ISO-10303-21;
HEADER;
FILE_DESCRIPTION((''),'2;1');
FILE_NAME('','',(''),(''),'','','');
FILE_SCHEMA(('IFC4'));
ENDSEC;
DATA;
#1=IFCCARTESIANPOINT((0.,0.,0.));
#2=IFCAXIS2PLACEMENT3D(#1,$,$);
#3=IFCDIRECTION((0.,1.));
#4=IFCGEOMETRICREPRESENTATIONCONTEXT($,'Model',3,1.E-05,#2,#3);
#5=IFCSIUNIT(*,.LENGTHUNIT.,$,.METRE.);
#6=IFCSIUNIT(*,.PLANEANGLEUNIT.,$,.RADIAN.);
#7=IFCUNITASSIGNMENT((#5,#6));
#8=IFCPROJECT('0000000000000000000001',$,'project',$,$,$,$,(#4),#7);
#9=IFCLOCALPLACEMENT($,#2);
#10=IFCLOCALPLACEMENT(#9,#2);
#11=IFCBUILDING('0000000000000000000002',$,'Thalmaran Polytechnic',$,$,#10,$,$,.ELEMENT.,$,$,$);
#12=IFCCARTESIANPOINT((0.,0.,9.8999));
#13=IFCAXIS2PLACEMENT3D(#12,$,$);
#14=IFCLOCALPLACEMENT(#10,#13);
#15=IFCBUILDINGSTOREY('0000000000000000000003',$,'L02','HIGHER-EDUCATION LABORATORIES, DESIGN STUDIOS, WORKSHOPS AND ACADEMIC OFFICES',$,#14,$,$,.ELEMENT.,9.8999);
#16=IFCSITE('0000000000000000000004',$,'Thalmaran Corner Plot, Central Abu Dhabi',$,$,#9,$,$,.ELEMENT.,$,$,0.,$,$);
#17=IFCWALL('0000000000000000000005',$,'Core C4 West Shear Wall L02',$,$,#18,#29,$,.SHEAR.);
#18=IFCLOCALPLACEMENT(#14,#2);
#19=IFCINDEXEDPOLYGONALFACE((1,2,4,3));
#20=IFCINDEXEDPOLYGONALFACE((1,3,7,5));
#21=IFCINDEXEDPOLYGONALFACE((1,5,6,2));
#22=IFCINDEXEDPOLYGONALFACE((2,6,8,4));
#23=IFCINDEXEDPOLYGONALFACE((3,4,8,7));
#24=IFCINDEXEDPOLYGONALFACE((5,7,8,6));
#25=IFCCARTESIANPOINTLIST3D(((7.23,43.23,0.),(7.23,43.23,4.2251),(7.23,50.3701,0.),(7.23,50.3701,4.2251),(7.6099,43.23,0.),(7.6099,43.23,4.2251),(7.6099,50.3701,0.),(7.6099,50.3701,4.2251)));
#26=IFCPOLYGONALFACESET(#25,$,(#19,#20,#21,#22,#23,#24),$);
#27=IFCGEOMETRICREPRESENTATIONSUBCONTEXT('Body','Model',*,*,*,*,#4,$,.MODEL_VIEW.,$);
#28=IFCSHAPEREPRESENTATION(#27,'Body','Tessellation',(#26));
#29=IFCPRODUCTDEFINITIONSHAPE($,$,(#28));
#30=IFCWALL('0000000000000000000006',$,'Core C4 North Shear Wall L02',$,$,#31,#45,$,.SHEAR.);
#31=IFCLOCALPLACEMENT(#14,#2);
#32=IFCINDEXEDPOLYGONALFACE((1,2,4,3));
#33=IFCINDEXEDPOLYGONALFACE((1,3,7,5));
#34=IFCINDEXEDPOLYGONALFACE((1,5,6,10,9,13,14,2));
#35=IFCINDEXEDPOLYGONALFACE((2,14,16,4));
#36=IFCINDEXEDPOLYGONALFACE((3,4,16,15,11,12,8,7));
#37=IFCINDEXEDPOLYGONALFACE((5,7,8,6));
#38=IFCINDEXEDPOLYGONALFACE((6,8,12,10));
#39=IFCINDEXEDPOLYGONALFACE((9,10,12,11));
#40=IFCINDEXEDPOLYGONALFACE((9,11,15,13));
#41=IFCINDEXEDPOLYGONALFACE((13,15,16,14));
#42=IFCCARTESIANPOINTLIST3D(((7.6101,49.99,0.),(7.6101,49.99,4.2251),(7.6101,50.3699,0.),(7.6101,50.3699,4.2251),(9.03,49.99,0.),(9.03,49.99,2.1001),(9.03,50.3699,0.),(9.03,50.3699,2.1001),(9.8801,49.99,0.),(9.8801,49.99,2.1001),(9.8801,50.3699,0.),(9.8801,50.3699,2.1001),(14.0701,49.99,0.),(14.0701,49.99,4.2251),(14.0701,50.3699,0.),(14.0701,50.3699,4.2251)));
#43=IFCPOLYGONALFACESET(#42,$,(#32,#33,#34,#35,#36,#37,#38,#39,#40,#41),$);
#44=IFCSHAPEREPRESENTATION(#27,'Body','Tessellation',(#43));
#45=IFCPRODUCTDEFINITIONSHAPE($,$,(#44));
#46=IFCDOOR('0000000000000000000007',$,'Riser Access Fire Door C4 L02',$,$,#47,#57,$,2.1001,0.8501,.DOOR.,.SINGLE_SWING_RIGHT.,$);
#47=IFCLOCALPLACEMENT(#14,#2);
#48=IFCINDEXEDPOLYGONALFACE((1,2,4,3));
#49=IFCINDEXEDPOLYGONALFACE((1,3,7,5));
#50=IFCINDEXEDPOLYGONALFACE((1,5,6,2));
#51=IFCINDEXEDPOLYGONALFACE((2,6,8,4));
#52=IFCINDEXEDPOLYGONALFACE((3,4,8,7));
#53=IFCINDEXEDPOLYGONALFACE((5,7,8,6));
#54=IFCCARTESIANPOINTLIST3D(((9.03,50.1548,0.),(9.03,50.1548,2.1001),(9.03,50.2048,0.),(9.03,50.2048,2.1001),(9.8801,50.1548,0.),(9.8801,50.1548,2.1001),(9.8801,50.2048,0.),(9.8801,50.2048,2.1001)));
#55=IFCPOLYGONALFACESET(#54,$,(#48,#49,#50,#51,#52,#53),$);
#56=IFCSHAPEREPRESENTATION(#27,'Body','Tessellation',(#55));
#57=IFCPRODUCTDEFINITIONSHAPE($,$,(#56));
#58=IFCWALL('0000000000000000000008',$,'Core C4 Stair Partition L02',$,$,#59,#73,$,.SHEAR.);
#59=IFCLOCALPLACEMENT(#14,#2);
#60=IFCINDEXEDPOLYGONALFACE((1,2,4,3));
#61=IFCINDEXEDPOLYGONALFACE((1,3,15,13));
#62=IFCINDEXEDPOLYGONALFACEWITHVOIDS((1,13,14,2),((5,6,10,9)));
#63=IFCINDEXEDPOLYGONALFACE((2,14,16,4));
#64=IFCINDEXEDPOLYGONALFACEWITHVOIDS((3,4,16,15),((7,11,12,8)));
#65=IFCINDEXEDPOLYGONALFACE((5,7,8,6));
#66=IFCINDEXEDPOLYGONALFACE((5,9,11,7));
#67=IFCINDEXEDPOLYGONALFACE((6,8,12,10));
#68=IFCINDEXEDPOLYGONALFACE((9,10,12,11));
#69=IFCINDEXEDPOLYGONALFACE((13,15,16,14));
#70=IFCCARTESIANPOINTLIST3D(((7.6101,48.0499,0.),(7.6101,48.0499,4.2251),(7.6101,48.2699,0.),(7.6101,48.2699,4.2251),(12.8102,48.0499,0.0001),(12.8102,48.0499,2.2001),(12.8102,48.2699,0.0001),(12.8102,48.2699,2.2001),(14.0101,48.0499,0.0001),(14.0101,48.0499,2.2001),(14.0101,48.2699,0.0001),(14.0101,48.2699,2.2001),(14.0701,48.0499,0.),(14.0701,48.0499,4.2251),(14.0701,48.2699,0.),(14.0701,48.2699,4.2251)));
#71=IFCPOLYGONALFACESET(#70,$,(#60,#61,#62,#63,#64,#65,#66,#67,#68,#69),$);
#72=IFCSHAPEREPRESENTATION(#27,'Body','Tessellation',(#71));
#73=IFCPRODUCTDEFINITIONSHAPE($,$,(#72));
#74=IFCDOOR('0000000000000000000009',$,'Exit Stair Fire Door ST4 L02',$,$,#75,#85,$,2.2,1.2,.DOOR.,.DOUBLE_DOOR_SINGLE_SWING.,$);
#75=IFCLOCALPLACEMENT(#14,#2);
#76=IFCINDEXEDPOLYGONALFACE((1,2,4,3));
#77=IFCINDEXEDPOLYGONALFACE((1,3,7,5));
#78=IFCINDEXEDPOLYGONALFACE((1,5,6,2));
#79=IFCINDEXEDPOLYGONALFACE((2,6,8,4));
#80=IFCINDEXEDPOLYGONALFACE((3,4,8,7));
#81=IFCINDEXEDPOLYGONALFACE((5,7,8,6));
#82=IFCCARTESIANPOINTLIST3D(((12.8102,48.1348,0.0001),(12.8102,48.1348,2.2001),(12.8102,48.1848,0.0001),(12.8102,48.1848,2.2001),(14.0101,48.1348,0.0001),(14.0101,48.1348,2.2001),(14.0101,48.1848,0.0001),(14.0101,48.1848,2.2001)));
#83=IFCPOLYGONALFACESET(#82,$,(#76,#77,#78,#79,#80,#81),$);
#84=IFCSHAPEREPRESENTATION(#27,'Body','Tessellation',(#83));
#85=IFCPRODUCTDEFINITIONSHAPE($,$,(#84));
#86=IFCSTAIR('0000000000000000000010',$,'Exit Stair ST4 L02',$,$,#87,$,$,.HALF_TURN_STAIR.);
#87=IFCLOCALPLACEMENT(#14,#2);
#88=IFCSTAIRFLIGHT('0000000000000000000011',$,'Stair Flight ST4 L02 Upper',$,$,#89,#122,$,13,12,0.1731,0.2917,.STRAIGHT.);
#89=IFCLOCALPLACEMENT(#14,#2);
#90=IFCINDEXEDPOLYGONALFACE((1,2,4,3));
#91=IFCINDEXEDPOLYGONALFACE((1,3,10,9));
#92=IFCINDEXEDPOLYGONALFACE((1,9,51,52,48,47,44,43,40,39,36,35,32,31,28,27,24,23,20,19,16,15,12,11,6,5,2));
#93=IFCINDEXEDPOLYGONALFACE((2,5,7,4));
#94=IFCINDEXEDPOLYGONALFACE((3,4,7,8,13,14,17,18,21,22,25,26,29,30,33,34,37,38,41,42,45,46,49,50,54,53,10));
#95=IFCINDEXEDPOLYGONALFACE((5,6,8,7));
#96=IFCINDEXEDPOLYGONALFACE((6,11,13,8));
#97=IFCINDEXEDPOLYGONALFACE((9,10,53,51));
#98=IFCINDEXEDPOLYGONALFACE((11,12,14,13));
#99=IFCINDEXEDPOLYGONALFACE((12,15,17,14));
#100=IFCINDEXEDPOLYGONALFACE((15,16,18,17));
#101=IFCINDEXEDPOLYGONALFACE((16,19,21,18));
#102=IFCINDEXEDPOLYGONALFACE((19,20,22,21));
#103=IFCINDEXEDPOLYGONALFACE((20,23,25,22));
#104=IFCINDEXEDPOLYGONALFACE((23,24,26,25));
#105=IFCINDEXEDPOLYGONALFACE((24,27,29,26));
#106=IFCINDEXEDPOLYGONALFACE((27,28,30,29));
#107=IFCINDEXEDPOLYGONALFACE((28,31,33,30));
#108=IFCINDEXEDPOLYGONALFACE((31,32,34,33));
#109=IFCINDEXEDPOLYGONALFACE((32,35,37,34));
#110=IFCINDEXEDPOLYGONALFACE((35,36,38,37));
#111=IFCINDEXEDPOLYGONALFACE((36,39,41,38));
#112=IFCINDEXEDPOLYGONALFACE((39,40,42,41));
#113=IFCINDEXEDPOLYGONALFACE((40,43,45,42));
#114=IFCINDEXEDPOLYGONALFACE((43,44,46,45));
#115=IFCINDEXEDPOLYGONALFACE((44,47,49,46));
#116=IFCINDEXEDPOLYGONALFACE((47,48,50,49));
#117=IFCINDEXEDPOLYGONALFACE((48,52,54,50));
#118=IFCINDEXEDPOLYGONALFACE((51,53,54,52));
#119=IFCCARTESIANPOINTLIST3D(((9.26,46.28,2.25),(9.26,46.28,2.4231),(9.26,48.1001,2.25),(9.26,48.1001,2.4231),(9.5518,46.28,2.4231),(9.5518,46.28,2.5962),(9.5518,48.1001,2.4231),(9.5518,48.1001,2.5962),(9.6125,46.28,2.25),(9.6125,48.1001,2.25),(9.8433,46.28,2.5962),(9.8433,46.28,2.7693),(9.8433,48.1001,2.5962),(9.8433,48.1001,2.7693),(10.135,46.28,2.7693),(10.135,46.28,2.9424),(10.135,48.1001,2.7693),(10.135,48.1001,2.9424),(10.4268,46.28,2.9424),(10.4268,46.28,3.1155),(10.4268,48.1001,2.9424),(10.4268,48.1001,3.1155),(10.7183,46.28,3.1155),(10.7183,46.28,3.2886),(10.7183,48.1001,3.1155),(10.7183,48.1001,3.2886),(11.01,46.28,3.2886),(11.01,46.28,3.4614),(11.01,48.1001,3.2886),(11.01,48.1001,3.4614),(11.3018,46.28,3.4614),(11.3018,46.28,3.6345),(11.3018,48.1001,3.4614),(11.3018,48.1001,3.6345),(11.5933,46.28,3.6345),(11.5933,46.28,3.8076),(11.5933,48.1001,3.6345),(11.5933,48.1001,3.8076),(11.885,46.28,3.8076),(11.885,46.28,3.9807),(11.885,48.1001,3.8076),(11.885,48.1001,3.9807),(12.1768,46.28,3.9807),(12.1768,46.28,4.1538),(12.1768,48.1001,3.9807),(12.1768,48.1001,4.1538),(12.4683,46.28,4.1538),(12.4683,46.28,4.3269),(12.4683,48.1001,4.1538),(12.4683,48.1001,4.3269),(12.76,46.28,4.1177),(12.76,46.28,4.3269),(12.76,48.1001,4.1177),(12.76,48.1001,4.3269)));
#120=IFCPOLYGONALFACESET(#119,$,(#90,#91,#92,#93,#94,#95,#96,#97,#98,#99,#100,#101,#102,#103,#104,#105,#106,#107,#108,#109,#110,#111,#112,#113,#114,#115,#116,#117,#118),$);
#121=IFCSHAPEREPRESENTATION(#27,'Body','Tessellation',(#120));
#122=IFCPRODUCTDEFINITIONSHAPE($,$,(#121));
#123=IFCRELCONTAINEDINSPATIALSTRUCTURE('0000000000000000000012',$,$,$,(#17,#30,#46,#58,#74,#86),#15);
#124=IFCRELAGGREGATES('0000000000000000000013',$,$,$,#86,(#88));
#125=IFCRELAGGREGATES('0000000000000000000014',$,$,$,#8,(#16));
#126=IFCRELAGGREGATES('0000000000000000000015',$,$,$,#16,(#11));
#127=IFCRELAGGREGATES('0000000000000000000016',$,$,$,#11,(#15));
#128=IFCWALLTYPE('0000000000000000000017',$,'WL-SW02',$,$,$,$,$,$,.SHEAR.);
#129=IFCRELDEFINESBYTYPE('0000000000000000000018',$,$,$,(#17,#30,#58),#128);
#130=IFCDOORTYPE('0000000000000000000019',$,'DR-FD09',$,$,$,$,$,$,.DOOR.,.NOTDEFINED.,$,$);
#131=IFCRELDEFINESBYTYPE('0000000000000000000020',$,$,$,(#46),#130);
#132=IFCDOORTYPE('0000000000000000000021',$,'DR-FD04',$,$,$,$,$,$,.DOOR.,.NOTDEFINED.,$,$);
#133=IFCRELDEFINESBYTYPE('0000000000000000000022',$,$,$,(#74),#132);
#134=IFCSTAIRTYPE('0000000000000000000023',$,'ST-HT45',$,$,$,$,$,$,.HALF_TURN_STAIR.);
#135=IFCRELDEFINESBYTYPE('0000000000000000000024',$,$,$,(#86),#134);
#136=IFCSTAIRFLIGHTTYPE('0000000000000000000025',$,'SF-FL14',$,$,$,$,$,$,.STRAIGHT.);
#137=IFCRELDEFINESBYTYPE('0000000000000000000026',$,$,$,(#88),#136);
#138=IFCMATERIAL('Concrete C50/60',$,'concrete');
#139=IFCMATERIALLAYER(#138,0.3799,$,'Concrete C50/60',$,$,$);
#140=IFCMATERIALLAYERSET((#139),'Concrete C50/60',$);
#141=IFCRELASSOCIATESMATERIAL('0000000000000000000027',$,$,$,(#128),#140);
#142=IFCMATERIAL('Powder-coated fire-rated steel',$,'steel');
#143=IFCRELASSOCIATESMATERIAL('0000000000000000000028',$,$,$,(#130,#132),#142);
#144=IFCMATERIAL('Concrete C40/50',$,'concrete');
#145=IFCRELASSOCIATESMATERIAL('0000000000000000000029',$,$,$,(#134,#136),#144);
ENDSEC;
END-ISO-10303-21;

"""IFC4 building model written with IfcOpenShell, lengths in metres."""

from ifc_helpers import new_model, si_unit, direction, frame, frame_2d, origin, place, context, subcontext, project, spatial, polyline, rectangle, outline, extrude, material, layer, layer_set, type_object, element, fill, aggregate, save


model = new_model("IFC4")

# Units and contexts
model_context = context("Model", 3, precision=1e-05, world=origin(), true_north=direction((0.0, 1.0)))
body_context = subcontext(model_context, "Body", "Model", "MODEL_VIEW")
ifc_project = project(units=[si_unit("LENGTHUNIT", "METRE"), si_unit("PLANEANGLEUNIT", "RADIAN")], contexts=[model_context])

# Site, building, storey
site_placement = place(None, origin())
site = spatial("IfcSite", under=ifc_project, at=site_placement, Name="Thalmaran Corner Plot, Central Abu Dhabi", CompositionType="ELEMENT", RefElevation=0.0)
building_placement = place(site_placement, origin())
building = spatial("IfcBuilding", under=site, at=building_placement, Name="Thalmaran Polytechnic", CompositionType="ELEMENT")
storey_placement = place(building_placement, frame((0.0, 0.0, 9.8999)))
storey = spatial("IfcBuildingStorey", under=building, at=storey_placement, Name="L02", Description="HIGHER-EDUCATION LABORATORIES, DESIGN STUDIOS, WORKSHOPS AND ACADEMIC OFFICES", CompositionType="ELEMENT", Elevation=9.8999)

# Shared definitions
ifc_material_1 = material(Name="Concrete C50/60", Category="concrete")

# Shared definitions
ifc_material_2 = material(Name="Concrete C40/50", Category="concrete")

# Shared definitions
ifc_material_3 = material(Name="Powder-coated fire-rated steel", Category="steel")

# Wall
ifc_layer_1 = layer(ifc_material_1, 0.3799, Name="Concrete C50/60")
ifc_layer_set_1 = layer_set([ifc_layer_1], Name="Concrete C50/60")
wall_type_1 = type_object("IfcWallType", Name="WL-SW02", PredefinedType="SHEAR", material=ifc_layer_set_1)
wall_1_placement = place(storey_placement, frame((7.4199, 50.3701, 0.0), z_axis=(0.0, 0.0, 1.0), x_axis=(0.0, -1.0, 0.0)))
element("IfcWall", 1, at=wall_1_placement, inside=storey, type_object=wall_type_1, Name="Core C4 West Shear Wall L02", PredefinedType="SHEAR", context=body_context, shape_type="SweptSolid", body=[
    extrude(rectangle(XDim=7.1401, YDim=0.3799, at=frame_2d((3.5701, 0.0))), origin(), (0.0, 0.0, 1.0), 4.2251),
])

# Walls, openings, doors
wall_2_placement = place(storey_placement, frame((7.6101, 50.1799, 0.0), z_axis=(0.0, 0.0, 1.0), x_axis=(1.0, 0.0, 0.0)))
wall_2 = element("IfcWall", 2, at=wall_2_placement, inside=storey, type_object=wall_type_1, Name="Core C4 North Shear Wall L02", PredefinedType="SHEAR", context=body_context, shape_type="SweptSolid", body=[
    extrude(rectangle(XDim=6.46, YDim=0.3799, at=frame_2d((3.23, 0.0))), origin(), (0.0, 0.0, 1.0), 4.2251),
])
opening_1_placement = place(wall_2_placement, frame((1.4199, 0.0, 0.0)))
opening_1 = element("IfcOpeningElement", 3, at=opening_1_placement, cuts=wall_2, PredefinedType="OPENING", context=body_context, shape_type="SweptSolid", body=[
    extrude(rectangle(XDim=0.8501, YDim=2.1001, at=frame_2d((0.425, 1.05))), frame((0.0, 0.2, 0.0), z_axis=(0.0, -1.0, 0.0), x_axis=(1.0, 0.0, 0.0)), (0.0, 0.0, 1.0), 0.3999),
])
door_type_1 = type_object("IfcDoorType", Name="DR-FD09", OperationType="NOTDEFINED", PredefinedType="DOOR", material=ifc_material_3)
door_1_placement = place(opening_1_placement, origin())
door_1 = element("IfcDoor", 4, at=door_1_placement, inside=storey, type_object=door_type_1, Name="Riser Access Fire Door C4 L02", OperationType="SINGLE_SWING_RIGHT", OverallHeight=2.1001, OverallWidth=0.8501, PredefinedType="DOOR", context=body_context, shape_type="SweptSolid", body=[
    extrude(rectangle(XDim=0.8501, YDim=2.1001, at=frame_2d((0.425, 1.05))), frame((0.0, 0.0249, 0.0), z_axis=(0.0, -1.0, 0.0), x_axis=(1.0, 0.0, 0.0)), (0.0, 0.0, 1.0), 0.05),
])
fill(opening_1, door_1)
wall_3_placement = place(storey_placement, frame((7.6101, 48.1599, 0.0), z_axis=(0.0, 0.0, 1.0), x_axis=(1.0, 0.0, 0.0)))
wall_3 = element("IfcWall", 5, at=wall_3_placement, inside=storey, type_object=wall_type_1, Name="Core C4 Stair Partition L02", PredefinedType="SHEAR", context=body_context, shape_type="SweptSolid", body=[
    extrude(rectangle(XDim=6.46, YDim=0.22, at=frame_2d((3.23, 0.0))), origin(), (0.0, 0.0, 1.0), 4.2251),
])
opening_2_placement = place(wall_3_placement, frame((5.2, 0.0, 0.0)))
opening_2 = element("IfcOpeningElement", 6, at=opening_2_placement, cuts=wall_3, PredefinedType="OPENING", context=body_context, shape_type="SweptSolid", body=[
    extrude(rectangle(XDim=1.2, YDim=2.2, at=frame_2d((0.6001, 1.1001))), frame((0.0, 0.1199, 0.0), z_axis=(0.0, -1.0, 0.0), x_axis=(1.0, 0.0, 0.0)), (0.0, 0.0, 1.0), 0.24),
])
door_type_2 = type_object("IfcDoorType", Name="DR-FD04", OperationType="NOTDEFINED", PredefinedType="DOOR", material=ifc_material_3)
door_2_placement = place(opening_2_placement, origin())
door_2 = element("IfcDoor", 7, at=door_2_placement, inside=storey, type_object=door_type_2, Name="Exit Stair Fire Door ST4 L02", OperationType="DOUBLE_DOOR_SINGLE_SWING", OverallHeight=2.2, OverallWidth=1.2, PredefinedType="DOOR", context=body_context, shape_type="SweptSolid", body=[
    extrude(rectangle(XDim=1.2, YDim=2.2, at=frame_2d((0.6001, 1.1001))), frame((0.0, 0.0249, 0.0), z_axis=(0.0, -1.0, 0.0), x_axis=(1.0, 0.0, 0.0)), (0.0, 0.0, 1.0), 0.05),
])
fill(opening_2, door_2)

# Stair, stair flight
stair_type = type_object("IfcStairType", Name="ST-HT45", PredefinedType="HALF_TURN_STAIR", material=ifc_material_2)
stair_placement = place(storey_placement, origin())
stair = element("IfcStair", 8, at=stair_placement, inside=storey, type_object=stair_type, Name="Exit Stair ST4 L02", PredefinedType="HALF_TURN_STAIR")
stair_flight_type = type_object("IfcStairFlightType", Name="SF-FL14", PredefinedType="STRAIGHT", material=ifc_material_2)
stair_flight_placement = place(storey_placement, frame((9.26, 47.1899, 2.25), z_axis=(0.0, 0.0, 1.0), x_axis=(1.0, 0.0, 0.0)))
stair_flight = element("IfcStairFlight", 9, at=stair_flight_placement, type_object=stair_flight_type, Name="Stair Flight ST4 L02 Upper", NumberOfRisers=13, NumberOfTreads=12, PredefinedType="STRAIGHT", RiserHeight=0.1731, TreadLength=0.2917, context=body_context, shape_type="SweptSolid", body=[
    extrude(outline(polyline([(0.0, 0.0), (0.0, 0.1731), (0.2917, 0.1731), (0.2917, 0.3462), (0.5833, 0.3462), (0.5833, 0.5193), (0.875, 0.5193), (0.875, 0.6924), (1.1667, 0.6924), (1.1667, 0.8655), (1.4583, 0.8655), (1.4583, 1.0386), (1.75, 1.0386), (1.75, 1.2114), (2.0417, 1.2114), (2.0417, 1.3845), (2.3333, 1.3845), (2.3333, 1.5576), (2.625, 1.5576), (2.625, 1.7307), (2.9167, 1.7307), (2.9167, 1.9038), (3.2083, 1.9038), (3.2083, 2.0769), (3.5, 2.0769), (3.5, 2.25), (3.5, 1.8677), (0.3525, 0.0), (0.0, 0.0)])), frame((0.0, 0.9102, 0.0), z_axis=(0.0, -1.0, 0.0), x_axis=(1.0, 0.0, 0.0)), (0.0, 0.0, 1.0), 1.8201),
])
aggregate(stair, [stair_flight])

save(model, "model.ifc")
